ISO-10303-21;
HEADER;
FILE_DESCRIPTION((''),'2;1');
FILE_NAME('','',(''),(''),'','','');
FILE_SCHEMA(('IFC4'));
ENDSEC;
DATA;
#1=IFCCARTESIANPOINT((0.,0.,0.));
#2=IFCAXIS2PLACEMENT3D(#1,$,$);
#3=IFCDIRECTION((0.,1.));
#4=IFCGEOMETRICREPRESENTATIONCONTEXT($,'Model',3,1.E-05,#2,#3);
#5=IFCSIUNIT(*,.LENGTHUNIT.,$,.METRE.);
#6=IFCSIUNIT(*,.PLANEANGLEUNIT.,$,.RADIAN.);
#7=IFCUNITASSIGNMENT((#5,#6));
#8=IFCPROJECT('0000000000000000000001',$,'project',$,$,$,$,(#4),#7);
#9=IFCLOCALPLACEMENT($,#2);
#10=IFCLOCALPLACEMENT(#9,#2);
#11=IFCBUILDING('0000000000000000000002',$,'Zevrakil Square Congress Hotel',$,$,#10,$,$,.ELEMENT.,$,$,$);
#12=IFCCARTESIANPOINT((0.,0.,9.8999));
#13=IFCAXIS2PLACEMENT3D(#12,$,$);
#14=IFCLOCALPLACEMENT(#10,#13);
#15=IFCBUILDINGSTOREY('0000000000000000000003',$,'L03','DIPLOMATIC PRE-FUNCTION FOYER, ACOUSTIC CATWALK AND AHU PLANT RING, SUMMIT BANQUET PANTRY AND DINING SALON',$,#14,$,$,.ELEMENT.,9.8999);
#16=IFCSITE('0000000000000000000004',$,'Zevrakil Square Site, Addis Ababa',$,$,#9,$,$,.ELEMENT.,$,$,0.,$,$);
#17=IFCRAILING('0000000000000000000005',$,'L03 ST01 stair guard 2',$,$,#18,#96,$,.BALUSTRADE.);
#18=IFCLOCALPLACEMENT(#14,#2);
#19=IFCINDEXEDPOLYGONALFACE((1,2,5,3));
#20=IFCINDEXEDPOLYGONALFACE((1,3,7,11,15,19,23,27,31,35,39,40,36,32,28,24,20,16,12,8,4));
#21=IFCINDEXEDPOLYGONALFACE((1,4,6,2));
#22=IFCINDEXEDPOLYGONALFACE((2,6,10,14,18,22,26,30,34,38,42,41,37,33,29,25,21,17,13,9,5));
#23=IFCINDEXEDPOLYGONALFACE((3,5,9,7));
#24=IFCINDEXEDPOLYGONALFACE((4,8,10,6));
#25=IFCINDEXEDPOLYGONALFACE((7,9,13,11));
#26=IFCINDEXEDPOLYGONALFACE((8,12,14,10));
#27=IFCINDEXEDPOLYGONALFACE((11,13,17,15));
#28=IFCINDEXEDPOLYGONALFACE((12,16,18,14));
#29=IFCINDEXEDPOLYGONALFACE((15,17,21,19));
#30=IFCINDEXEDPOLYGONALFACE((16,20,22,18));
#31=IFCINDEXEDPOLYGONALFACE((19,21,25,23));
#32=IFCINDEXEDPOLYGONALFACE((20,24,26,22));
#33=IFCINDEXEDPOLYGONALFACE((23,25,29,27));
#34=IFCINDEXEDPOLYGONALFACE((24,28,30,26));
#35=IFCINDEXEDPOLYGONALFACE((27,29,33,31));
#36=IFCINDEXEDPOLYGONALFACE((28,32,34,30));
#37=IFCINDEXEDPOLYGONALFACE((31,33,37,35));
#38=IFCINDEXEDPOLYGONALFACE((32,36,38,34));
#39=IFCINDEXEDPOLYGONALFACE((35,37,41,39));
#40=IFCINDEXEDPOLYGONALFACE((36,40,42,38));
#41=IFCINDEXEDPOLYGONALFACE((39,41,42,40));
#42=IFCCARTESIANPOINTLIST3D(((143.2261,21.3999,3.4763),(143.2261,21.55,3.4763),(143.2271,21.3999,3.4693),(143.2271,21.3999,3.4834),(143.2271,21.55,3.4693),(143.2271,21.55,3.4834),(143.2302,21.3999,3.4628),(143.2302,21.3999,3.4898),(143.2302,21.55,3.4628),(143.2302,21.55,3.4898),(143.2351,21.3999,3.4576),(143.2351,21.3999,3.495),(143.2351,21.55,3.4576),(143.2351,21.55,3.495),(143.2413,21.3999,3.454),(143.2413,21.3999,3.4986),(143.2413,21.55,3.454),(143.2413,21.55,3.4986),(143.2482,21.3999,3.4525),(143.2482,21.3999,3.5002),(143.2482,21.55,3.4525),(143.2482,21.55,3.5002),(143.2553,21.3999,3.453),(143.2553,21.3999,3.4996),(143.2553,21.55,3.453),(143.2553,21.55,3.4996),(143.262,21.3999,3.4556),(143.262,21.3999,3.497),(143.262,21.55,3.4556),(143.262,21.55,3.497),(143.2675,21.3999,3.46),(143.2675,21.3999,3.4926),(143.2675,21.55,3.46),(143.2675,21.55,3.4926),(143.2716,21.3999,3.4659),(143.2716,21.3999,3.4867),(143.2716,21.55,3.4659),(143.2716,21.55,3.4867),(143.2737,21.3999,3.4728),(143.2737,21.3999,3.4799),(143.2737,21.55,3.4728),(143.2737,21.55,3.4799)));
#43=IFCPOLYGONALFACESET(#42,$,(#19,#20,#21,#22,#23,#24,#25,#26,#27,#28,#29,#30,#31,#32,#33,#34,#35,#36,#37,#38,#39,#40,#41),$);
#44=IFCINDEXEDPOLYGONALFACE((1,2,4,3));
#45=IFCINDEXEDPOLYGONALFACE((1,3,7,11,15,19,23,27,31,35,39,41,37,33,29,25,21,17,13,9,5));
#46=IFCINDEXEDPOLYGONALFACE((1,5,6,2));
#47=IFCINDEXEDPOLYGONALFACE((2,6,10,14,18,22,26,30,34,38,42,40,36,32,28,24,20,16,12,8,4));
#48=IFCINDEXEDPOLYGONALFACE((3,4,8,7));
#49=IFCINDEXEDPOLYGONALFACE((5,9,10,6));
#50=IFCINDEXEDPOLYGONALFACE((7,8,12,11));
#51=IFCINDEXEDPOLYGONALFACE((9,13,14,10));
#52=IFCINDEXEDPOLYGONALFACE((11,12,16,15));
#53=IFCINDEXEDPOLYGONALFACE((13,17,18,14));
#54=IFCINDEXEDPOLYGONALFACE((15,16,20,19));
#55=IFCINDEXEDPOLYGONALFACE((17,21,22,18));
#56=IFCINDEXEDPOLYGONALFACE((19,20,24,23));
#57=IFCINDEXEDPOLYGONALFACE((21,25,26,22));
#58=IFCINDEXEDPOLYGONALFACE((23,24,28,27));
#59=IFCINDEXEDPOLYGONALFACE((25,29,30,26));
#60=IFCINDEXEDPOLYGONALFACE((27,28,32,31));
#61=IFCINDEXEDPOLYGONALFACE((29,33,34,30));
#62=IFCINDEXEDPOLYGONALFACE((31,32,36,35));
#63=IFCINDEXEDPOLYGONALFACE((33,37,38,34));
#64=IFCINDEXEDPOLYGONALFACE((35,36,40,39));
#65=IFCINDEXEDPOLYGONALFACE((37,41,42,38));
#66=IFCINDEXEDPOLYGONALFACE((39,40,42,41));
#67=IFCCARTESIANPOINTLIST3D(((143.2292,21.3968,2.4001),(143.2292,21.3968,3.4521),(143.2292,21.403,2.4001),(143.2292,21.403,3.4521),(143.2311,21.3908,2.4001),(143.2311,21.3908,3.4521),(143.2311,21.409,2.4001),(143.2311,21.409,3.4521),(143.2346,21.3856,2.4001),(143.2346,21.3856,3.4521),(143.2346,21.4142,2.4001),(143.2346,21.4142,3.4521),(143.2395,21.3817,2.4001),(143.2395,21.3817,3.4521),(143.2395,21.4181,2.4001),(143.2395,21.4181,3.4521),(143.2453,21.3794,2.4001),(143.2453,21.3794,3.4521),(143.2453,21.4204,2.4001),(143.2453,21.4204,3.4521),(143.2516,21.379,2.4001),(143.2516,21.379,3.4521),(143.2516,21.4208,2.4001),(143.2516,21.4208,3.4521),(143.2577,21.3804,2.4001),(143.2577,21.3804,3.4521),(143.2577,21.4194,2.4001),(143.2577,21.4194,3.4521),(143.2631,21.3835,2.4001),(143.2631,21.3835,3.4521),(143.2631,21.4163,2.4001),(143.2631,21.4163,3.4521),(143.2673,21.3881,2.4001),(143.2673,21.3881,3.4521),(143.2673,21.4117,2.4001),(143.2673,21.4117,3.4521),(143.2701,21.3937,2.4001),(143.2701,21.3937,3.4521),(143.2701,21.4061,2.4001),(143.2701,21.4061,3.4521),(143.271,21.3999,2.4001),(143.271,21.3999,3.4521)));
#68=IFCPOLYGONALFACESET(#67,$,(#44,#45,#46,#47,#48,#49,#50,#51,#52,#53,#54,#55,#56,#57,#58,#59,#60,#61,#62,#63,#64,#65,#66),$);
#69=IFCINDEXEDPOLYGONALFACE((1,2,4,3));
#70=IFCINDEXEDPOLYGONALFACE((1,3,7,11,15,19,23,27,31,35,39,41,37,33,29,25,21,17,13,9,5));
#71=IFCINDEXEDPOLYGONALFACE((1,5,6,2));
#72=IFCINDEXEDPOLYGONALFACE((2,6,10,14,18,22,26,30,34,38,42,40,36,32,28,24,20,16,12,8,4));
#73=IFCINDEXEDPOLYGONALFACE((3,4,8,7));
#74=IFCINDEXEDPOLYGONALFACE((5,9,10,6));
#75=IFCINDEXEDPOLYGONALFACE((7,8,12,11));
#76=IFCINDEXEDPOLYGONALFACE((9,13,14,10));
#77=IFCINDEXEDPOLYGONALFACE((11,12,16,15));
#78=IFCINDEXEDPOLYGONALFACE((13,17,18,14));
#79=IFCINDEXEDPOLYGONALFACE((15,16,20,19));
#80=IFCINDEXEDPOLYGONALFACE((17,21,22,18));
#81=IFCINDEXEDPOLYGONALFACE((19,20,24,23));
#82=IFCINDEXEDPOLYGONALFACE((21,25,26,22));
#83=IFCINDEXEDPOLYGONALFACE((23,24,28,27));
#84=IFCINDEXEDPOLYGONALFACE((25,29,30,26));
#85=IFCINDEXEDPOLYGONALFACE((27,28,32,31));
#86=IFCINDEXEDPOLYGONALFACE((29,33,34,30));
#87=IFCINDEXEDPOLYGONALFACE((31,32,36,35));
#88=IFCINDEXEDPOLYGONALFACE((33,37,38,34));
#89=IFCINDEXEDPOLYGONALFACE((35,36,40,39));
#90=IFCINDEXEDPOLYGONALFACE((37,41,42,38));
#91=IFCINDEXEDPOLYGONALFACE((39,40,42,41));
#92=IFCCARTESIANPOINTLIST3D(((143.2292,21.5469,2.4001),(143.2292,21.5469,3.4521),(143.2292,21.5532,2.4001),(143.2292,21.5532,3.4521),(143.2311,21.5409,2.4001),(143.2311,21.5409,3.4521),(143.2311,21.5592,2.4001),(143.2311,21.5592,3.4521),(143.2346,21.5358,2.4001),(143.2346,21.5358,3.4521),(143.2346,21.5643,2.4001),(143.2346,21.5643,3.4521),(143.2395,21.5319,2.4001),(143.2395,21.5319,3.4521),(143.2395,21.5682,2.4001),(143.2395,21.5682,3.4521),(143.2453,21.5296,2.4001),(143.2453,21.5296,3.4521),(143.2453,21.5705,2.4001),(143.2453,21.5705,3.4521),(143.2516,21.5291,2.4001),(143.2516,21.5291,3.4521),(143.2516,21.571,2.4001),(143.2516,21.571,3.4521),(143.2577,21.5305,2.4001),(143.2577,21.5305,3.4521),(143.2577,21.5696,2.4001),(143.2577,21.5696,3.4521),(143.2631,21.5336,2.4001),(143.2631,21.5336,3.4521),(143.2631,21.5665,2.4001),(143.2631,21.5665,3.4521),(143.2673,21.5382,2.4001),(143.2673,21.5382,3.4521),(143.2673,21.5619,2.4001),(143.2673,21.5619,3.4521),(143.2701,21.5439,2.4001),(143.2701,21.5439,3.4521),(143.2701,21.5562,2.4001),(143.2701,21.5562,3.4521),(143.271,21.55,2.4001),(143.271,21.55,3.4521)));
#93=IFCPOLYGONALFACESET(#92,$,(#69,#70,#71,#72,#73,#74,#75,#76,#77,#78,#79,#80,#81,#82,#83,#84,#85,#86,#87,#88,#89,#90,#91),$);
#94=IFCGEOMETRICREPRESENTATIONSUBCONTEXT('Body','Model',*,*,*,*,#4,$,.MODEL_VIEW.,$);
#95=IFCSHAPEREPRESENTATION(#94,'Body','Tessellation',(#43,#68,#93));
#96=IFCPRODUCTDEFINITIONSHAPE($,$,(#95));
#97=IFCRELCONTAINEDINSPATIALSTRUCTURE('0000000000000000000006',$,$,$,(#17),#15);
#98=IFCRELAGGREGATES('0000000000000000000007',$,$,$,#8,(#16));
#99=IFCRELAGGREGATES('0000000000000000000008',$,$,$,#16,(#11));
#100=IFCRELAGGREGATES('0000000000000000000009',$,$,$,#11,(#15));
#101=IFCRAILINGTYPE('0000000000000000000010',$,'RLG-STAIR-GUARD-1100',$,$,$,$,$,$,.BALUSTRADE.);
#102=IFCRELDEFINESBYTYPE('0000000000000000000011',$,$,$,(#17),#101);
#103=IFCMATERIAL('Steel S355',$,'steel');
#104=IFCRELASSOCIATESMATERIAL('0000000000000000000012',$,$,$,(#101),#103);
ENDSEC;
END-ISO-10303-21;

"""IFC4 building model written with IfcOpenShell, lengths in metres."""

from ifc_helpers import new_model, si_unit, direction, frame, origin, origin_2d, place, context, subcontext, project, spatial, circle, extrude, material, type_object, element, save


model = new_model("IFC4")

# Units and contexts
model_context = context("Model", 3, precision=1e-05, world=origin(), true_north=direction((0.0, 1.0)))
body_context = subcontext(model_context, "Body", "Model", "MODEL_VIEW")
ifc_project = project(units=[si_unit("LENGTHUNIT", "METRE"), si_unit("PLANEANGLEUNIT", "RADIAN")], contexts=[model_context])

# Site, building, storey
site_placement = place(None, origin())
site = spatial("IfcSite", under=ifc_project, at=site_placement, Name="Zevrakil Square Site, Addis Ababa", CompositionType="ELEMENT", RefElevation=0.0)
building_placement = place(site_placement, origin())
building = spatial("IfcBuilding", under=site, at=building_placement, Name="Zevrakil Square Congress Hotel", CompositionType="ELEMENT")
storey_placement = place(building_placement, frame((0.0, 0.0, 9.8999)))
storey = spatial("IfcBuildingStorey", under=building, at=storey_placement, Name="L03", Description="DIPLOMATIC PRE-FUNCTION FOYER, ACOUSTIC CATWALK AND AHU PLANT RING, SUMMIT BANQUET PANTRY AND DINING SALON", CompositionType="ELEMENT", Elevation=9.8999)

# Railing
ifc_material_1 = material(Name="Steel S355", Category="steel")
railing_type_1 = type_object("IfcRailingType", Name="RLG-STAIR-GUARD-1100", PredefinedType="BALUSTRADE", material=ifc_material_1)
railing_1_placement = place(storey_placement, frame((143.25, 21.3999, 2.4001)))
element("IfcRailing", 1, at=railing_1_placement, inside=storey, type_object=railing_type_1, Name="L03 ST01 stair guard 2", PredefinedType="BALUSTRADE", context=body_context, shape_type="SweptSolid", body=[
    extrude(circle(Radius=0.0239, at=origin_2d()), frame((0.0, 0.0, 1.0762), z_axis=(0.0, 1.0, 0.0), x_axis=(-1.0, 0.0, 0.0)), (0.0, 0.0, 1.0), 0.1501),
    extrude(circle(Radius=0.021, at=origin_2d()), origin(), (0.0, 0.0, 1.0), 1.052),
    extrude(circle(Radius=0.021, at=origin_2d()), frame((0.0, 0.1501, 0.0)), (0.0, 0.0, 1.0), 1.052),
])

save(model, "model.ifc")
